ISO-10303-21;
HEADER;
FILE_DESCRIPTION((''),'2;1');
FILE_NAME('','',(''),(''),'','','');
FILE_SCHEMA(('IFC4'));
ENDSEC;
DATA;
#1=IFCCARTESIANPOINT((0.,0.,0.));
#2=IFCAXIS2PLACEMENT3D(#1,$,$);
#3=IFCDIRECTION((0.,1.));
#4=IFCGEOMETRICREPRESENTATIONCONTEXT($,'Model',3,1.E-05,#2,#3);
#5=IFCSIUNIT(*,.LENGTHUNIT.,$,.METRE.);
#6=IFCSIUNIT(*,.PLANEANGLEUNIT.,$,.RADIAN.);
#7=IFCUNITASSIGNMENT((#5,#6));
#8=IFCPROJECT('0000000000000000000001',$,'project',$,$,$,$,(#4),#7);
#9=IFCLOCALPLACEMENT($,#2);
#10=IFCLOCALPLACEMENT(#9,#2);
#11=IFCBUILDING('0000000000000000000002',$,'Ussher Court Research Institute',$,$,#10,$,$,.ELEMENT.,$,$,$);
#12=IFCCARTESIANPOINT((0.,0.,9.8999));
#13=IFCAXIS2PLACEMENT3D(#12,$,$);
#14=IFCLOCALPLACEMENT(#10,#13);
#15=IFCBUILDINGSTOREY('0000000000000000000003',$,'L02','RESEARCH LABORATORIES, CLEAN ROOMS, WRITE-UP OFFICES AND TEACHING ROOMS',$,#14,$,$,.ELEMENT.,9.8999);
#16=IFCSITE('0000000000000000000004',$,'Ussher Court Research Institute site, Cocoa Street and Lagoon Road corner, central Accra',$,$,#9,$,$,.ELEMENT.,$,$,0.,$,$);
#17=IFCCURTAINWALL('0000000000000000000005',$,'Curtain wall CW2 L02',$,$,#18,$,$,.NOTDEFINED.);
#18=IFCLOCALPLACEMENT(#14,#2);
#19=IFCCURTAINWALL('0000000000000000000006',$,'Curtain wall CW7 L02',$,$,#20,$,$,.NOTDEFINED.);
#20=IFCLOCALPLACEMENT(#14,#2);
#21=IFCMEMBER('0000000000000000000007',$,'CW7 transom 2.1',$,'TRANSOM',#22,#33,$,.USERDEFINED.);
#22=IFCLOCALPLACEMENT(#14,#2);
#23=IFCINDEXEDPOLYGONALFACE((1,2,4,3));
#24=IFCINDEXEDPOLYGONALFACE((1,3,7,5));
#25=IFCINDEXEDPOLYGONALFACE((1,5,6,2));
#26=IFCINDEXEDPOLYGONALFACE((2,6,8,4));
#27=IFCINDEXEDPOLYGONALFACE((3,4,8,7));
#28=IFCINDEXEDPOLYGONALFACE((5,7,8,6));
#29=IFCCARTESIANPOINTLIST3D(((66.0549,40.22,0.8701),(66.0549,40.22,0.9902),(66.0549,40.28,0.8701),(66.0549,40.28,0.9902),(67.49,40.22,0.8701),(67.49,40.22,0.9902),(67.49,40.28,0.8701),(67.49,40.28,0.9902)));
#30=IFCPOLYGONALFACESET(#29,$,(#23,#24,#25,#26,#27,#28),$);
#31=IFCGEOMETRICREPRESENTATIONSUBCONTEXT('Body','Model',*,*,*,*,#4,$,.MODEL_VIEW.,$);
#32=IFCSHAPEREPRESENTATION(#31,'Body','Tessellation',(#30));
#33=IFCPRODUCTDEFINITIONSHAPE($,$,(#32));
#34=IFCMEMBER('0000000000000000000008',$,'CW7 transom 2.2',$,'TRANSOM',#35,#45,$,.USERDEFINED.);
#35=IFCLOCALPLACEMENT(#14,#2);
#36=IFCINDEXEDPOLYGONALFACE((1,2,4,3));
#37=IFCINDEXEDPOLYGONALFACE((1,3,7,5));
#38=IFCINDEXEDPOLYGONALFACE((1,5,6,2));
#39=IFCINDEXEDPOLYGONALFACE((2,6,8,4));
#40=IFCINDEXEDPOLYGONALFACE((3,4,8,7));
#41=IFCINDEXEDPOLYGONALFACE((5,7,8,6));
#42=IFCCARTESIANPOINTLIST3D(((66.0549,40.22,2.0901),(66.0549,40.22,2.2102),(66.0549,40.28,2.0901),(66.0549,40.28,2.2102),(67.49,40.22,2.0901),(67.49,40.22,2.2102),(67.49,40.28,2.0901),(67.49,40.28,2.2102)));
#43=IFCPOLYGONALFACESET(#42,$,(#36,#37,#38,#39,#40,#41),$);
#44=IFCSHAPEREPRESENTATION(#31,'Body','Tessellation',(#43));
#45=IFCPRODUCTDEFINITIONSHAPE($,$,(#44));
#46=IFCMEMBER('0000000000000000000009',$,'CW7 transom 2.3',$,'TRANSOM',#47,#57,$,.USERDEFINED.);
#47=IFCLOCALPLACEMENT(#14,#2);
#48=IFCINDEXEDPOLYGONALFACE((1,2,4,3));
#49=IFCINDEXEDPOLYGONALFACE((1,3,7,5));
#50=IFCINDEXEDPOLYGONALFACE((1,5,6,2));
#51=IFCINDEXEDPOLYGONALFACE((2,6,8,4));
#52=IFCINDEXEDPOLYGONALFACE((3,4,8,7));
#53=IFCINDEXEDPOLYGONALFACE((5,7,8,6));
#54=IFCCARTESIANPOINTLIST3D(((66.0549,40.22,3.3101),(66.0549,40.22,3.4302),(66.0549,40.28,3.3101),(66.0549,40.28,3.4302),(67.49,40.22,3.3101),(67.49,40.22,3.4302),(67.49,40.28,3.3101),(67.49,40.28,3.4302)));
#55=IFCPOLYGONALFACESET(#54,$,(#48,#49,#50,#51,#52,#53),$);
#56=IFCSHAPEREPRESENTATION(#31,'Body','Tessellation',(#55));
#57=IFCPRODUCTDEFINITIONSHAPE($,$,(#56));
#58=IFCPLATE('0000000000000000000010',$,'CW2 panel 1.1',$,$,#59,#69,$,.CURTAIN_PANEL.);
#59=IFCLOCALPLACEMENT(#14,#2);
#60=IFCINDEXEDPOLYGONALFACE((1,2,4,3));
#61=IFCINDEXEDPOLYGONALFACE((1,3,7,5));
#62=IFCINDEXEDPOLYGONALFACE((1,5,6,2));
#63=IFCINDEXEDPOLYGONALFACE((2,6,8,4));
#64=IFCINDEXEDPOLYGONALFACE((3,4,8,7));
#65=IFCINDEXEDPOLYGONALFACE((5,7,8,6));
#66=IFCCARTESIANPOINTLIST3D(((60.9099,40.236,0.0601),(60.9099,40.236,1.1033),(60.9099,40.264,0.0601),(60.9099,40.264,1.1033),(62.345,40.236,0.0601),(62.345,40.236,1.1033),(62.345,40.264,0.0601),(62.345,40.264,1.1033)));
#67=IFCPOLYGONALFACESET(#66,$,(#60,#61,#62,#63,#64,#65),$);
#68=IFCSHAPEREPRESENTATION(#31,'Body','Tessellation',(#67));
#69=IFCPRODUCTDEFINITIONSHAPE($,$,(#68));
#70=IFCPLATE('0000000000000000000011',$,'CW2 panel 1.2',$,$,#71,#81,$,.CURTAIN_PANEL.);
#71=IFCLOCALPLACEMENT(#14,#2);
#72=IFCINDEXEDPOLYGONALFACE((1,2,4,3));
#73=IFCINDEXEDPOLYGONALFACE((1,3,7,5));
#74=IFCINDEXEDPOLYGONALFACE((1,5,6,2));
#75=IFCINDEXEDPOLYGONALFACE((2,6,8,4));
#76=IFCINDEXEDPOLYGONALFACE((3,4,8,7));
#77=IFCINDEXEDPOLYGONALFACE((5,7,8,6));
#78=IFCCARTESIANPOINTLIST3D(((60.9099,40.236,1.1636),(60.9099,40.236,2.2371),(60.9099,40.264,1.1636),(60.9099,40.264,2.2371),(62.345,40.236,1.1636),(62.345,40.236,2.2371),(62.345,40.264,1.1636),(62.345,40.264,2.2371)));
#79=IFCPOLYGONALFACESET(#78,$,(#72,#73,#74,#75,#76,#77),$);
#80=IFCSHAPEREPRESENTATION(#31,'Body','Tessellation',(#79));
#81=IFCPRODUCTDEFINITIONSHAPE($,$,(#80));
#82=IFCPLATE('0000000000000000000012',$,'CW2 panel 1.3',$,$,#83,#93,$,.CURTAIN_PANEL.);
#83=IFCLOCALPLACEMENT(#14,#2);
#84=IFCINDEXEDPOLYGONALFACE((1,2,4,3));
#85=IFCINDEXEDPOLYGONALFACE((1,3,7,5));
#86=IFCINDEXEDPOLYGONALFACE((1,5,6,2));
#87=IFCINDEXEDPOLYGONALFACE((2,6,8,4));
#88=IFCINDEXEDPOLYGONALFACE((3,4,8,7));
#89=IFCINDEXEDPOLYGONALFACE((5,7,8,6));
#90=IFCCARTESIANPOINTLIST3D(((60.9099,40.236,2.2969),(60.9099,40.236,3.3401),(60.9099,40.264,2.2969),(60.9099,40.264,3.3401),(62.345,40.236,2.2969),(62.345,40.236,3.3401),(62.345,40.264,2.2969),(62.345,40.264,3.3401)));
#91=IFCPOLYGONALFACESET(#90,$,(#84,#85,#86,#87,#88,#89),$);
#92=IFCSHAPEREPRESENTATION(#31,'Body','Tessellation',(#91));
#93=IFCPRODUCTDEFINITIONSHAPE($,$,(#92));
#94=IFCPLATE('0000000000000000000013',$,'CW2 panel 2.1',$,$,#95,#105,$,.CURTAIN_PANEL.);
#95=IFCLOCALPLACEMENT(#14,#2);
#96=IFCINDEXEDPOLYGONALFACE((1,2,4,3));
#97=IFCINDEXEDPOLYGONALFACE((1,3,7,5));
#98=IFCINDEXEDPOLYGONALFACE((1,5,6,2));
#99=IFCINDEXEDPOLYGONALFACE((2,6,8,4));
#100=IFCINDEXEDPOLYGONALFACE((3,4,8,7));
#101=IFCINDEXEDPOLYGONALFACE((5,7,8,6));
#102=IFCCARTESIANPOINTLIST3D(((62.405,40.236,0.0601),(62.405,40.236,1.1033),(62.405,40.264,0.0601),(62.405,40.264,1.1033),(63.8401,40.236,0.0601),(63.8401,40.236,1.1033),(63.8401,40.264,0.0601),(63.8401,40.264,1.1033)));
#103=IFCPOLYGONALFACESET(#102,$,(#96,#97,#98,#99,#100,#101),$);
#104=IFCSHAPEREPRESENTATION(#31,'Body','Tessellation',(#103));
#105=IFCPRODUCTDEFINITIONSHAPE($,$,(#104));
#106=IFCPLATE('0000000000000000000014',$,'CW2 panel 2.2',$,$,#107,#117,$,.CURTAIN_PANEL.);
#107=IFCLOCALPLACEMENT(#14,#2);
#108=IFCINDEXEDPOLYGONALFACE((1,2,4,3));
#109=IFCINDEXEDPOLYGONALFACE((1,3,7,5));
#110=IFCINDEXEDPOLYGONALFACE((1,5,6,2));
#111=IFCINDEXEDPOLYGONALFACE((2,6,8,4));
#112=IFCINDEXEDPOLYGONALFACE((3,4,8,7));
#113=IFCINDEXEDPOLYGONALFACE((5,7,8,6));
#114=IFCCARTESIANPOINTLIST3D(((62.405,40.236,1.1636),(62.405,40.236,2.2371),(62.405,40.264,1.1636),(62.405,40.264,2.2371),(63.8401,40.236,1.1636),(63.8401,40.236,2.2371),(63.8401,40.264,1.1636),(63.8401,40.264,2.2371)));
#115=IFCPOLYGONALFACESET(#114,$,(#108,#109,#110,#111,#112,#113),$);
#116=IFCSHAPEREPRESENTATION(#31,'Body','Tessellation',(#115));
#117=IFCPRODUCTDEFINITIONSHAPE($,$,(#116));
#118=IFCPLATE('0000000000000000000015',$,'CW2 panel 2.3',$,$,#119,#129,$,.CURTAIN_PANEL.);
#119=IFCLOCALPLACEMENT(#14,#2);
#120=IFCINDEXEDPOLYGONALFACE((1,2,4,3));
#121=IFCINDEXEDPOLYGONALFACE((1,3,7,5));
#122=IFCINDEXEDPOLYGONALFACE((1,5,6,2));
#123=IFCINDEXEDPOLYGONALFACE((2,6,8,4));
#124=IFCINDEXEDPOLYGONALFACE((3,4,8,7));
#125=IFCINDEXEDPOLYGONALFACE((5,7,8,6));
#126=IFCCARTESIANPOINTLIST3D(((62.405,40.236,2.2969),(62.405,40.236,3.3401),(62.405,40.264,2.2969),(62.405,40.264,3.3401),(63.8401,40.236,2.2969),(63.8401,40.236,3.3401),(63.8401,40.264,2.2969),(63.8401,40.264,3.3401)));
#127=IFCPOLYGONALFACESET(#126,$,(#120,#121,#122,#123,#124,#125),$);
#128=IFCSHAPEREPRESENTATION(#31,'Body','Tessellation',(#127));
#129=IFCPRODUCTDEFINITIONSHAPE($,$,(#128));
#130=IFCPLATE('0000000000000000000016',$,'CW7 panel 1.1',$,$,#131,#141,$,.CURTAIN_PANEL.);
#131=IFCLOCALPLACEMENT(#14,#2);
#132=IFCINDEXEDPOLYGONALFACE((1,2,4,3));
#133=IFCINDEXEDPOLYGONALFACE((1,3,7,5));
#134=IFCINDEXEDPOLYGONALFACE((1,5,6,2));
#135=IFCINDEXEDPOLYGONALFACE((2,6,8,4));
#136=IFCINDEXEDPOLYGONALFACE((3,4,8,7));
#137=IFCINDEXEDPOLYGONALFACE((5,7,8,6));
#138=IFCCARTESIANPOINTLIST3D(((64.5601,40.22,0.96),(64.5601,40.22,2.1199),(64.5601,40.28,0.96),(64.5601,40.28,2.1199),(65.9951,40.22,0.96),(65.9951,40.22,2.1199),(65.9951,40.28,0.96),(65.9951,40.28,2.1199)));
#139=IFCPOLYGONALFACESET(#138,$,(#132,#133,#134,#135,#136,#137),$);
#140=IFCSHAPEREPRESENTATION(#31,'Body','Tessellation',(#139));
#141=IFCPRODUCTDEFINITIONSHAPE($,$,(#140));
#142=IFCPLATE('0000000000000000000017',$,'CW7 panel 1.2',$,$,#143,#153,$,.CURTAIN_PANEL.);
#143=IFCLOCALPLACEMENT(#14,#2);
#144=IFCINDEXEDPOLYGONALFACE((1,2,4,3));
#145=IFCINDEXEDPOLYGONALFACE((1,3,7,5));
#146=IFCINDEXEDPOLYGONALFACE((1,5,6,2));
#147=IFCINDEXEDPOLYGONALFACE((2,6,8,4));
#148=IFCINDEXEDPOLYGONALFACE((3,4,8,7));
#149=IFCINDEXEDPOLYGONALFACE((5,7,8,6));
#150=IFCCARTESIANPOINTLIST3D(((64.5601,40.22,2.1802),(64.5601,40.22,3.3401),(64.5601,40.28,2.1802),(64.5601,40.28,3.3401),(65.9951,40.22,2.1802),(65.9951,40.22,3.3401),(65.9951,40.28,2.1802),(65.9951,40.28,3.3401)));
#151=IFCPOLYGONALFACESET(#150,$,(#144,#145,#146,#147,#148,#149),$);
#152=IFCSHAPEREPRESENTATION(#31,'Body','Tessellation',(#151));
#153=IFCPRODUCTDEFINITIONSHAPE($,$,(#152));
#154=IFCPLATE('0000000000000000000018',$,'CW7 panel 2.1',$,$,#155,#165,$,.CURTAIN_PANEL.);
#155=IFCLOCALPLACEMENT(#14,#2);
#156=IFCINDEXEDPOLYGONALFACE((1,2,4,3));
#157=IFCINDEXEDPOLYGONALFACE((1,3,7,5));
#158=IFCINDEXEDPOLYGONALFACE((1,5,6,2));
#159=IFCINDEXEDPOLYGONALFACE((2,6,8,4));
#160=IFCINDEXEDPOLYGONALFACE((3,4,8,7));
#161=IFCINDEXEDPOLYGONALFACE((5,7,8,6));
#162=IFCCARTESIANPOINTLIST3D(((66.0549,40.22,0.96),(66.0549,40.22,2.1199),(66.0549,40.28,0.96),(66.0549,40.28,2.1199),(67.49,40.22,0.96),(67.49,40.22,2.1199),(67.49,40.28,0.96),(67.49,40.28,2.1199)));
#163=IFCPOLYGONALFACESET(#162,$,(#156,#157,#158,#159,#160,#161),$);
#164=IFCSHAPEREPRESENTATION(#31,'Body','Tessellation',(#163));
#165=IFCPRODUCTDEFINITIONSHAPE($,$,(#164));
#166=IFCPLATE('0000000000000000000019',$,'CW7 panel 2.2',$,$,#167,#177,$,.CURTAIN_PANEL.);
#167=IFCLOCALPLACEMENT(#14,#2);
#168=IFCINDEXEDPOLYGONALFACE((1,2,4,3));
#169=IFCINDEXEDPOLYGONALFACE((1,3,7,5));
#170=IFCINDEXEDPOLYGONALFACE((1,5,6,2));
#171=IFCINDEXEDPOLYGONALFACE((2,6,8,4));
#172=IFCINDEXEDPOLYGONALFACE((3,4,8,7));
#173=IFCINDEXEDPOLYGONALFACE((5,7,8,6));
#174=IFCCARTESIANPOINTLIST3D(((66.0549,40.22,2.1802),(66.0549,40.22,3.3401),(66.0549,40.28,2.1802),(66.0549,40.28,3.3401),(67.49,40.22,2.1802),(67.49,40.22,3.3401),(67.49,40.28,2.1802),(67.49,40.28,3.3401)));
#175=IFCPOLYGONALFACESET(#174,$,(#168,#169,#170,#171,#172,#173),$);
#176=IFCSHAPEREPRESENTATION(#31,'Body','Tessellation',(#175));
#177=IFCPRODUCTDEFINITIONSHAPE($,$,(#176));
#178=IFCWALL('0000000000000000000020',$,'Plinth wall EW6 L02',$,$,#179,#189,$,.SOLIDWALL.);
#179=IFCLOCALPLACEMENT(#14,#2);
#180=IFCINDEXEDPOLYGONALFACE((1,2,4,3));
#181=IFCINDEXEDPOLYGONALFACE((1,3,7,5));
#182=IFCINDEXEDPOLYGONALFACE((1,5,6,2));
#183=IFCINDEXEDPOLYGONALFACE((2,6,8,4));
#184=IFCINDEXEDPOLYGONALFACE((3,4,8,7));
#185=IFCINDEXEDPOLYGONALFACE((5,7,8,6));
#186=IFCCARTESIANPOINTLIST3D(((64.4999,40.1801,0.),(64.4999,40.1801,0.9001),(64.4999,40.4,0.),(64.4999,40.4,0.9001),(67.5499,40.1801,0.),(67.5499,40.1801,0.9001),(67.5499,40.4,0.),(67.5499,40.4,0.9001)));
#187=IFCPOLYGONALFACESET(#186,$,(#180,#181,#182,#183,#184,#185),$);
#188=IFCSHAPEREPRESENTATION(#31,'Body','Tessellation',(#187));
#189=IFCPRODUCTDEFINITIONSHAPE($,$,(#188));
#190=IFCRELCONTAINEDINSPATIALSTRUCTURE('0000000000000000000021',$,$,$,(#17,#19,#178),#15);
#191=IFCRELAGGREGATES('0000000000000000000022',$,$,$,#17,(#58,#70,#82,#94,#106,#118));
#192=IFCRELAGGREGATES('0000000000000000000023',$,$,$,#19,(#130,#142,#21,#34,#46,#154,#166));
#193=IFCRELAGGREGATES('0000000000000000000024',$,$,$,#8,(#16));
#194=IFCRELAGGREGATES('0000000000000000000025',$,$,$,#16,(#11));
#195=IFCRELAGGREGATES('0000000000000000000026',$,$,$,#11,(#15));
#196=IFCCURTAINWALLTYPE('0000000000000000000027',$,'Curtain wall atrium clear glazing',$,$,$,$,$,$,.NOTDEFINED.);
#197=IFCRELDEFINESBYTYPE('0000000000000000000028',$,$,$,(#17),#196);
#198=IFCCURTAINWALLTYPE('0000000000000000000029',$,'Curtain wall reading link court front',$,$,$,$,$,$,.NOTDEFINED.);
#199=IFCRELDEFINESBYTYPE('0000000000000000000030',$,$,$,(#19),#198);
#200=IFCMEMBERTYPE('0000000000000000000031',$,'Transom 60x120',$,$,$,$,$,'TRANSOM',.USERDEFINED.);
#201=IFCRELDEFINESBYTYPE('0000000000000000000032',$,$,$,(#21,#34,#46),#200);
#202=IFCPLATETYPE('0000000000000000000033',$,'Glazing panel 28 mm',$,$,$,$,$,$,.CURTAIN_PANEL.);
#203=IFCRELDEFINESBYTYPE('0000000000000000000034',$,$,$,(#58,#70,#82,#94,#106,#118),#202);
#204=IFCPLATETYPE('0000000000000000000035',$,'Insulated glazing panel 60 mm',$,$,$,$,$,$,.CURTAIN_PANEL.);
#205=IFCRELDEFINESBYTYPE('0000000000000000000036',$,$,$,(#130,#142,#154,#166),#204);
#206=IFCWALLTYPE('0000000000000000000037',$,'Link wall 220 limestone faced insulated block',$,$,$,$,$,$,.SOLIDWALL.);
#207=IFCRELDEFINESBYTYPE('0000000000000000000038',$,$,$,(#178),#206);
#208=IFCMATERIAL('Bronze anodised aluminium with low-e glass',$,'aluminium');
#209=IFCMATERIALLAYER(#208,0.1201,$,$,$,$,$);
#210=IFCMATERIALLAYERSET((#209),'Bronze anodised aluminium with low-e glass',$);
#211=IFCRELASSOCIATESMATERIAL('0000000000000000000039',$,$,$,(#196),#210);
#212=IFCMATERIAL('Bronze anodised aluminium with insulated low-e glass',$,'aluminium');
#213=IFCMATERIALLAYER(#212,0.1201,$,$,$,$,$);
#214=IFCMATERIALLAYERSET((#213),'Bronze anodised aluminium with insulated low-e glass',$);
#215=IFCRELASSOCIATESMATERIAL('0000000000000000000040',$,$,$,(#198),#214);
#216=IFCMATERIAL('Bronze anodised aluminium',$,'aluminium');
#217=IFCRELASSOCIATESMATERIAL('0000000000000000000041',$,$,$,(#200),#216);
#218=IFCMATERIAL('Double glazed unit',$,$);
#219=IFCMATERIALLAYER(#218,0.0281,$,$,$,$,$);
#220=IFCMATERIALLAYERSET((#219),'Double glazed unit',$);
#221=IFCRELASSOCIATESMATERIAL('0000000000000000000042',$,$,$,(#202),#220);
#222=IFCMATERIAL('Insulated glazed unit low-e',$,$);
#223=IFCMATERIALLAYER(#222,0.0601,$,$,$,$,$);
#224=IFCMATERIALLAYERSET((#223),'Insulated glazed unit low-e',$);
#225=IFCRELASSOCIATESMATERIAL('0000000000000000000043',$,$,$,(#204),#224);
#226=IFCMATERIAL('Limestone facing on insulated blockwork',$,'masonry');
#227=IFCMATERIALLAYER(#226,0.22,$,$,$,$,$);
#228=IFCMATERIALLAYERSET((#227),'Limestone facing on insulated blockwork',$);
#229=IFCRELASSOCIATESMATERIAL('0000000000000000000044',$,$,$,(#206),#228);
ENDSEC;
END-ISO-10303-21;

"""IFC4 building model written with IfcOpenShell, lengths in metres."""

from ifc_helpers import new_model, si_unit, direction, frame, frame_2d, origin, origin_2d, place, context, subcontext, project, spatial, rectangle, extrude, material, layer, layer_set, material_profile, profile_set, type_object, element, aggregate, save


model = new_model("IFC4")

# Units and contexts
model_context = context("Model", 3, precision=1e-05, world=origin(), true_north=direction((0.0, 1.0)))
body_context = subcontext(model_context, "Body", "Model", "MODEL_VIEW")
ifc_project = project(units=[si_unit("LENGTHUNIT", "METRE"), si_unit("PLANEANGLEUNIT", "RADIAN")], contexts=[model_context])

# Site, building, storey
site_placement = place(None, origin())
site = spatial("IfcSite", under=ifc_project, at=site_placement, Name="Ussher Court Research Institute site, Cocoa Street and Lagoon Road corner, central Accra", CompositionType="ELEMENT", RefElevation=0.0)
building_placement = place(site_placement, origin())
building = spatial("IfcBuilding", under=site, at=building_placement, Name="Ussher Court Research Institute", CompositionType="ELEMENT")
storey_placement = place(building_placement, frame((0.0, 0.0, 9.8999)))
storey = spatial("IfcBuildingStorey", under=building, at=storey_placement, Name="L02", Description="RESEARCH LABORATORIES, CLEAN ROOMS, WRITE-UP OFFICES AND TEACHING ROOMS", CompositionType="ELEMENT", Elevation=9.8999)

# Curtain walls
ifc_material_1 = material(Name="Bronze anodised aluminium with low-e glass", Category="aluminium")
ifc_layer_1 = layer(ifc_material_1, 0.1201)
ifc_layer_set_1 = layer_set([ifc_layer_1], Name="Bronze anodised aluminium with low-e glass")
curtain_wall_type_1 = type_object("IfcCurtainWallType", Name="Curtain wall atrium clear glazing", PredefinedType="NOTDEFINED", material=ifc_layer_set_1)
curtain_wall_1_placement = place(storey_placement, origin())
curtain_wall_1 = element("IfcCurtainWall", 1, at=curtain_wall_1_placement, inside=storey, type_object=curtain_wall_type_1, Name="Curtain wall CW2 L02", PredefinedType="NOTDEFINED")
ifc_material_2 = material(Name="Bronze anodised aluminium with insulated low-e glass", Category="aluminium")
ifc_layer_2 = layer(ifc_material_2, 0.1201)
ifc_layer_set_2 = layer_set([ifc_layer_2], Name="Bronze anodised aluminium with insulated low-e glass")
curtain_wall_type_2 = type_object("IfcCurtainWallType", Name="Curtain wall reading link court front", PredefinedType="NOTDEFINED", material=ifc_layer_set_2)
curtain_wall_2_placement = place(storey_placement, origin())
curtain_wall_2 = element("IfcCurtainWall", 2, at=curtain_wall_2_placement, inside=storey, type_object=curtain_wall_type_2, Name="Curtain wall CW7 L02", PredefinedType="NOTDEFINED")

# Members
ifc_material_3 = material(Name="Bronze anodised aluminium", Category="aluminium")
ifc_material_profile_1 = material_profile(ifc_material_3, rectangle(XDim=0.0601, YDim=0.1201, at=origin_2d()), Name="Transom 60x120")
ifc_profile_set_1 = profile_set([ifc_material_profile_1], Name="Bronze anodised aluminium")
member_type_1 = type_object("IfcMemberType", Name="Transom 60x120", ElementType="TRANSOM", PredefinedType="USERDEFINED", material=ifc_profile_set_1)
member_1_placement = place(storey_placement, frame((66.0549, 40.25, 0.9302), z_axis=(1.0, 0.0, 0.0), x_axis=(0.0, 1.0, 0.0)))
member_1 = element("IfcMember", 3, at=member_1_placement, type_object=member_type_1, Name="CW7 transom 2.1", ObjectType="TRANSOM", PredefinedType="USERDEFINED", context=body_context, shape_type="SweptSolid", body=[
    extrude(rectangle(XDim=0.0601, YDim=0.1201, at=origin_2d()), origin(), (0.0, 0.0, 1.0), 1.4351),
])
member_2_placement = place(storey_placement, frame((66.0549, 40.25, 2.1501), z_axis=(1.0, 0.0, 0.0), x_axis=(0.0, 1.0, 0.0)))
member_2 = element("IfcMember", 4, at=member_2_placement, type_object=member_type_1, Name="CW7 transom 2.2", ObjectType="TRANSOM", PredefinedType="USERDEFINED", context=body_context, shape_type="SweptSolid", body=[
    extrude(rectangle(XDim=0.0601, YDim=0.1201, at=origin_2d()), origin(), (0.0, 0.0, 1.0), 1.4351),
])
member_3_placement = place(storey_placement, frame((66.0549, 40.25, 3.3701), z_axis=(1.0, 0.0, 0.0), x_axis=(0.0, 1.0, 0.0)))
member_3 = element("IfcMember", 5, at=member_3_placement, type_object=member_type_1, Name="CW7 transom 2.3", ObjectType="TRANSOM", PredefinedType="USERDEFINED", context=body_context, shape_type="SweptSolid", body=[
    extrude(rectangle(XDim=0.0601, YDim=0.1201, at=origin_2d()), origin(), (0.0, 0.0, 1.0), 1.4351),
])

# Plates
ifc_material_4 = material(Name="Double glazed unit")
ifc_layer_3 = layer(ifc_material_4, 0.0281)
ifc_layer_set_3 = layer_set([ifc_layer_3], Name="Double glazed unit")
plate_type_1 = type_object("IfcPlateType", Name="Glazing panel 28 mm", PredefinedType="CURTAIN_PANEL", material=ifc_layer_set_3)
plate_1_placement = place(storey_placement, frame((61.6274, 40.25, 0.0601), z_axis=(0.0, 0.0, 1.0), x_axis=(1.0, 0.0, 0.0)))
plate_1 = element("IfcPlate", 6, at=plate_1_placement, type_object=plate_type_1, Name="CW2 panel 1.1", PredefinedType="CURTAIN_PANEL", context=body_context, shape_type="SweptSolid", body=[
    extrude(rectangle(XDim=1.4351, YDim=0.0281, at=origin_2d()), origin(), (0.0, 0.0, 1.0), 1.0432),
])
plate_2_placement = place(storey_placement, frame((61.6274, 40.25, 1.1636), z_axis=(0.0, 0.0, 1.0), x_axis=(1.0, 0.0, 0.0)))
plate_2 = element("IfcPlate", 7, at=plate_2_placement, type_object=plate_type_1, Name="CW2 panel 1.2", PredefinedType="CURTAIN_PANEL", context=body_context, shape_type="SweptSolid", body=[
    extrude(rectangle(XDim=1.4351, YDim=0.0281, at=origin_2d()), origin(), (0.0, 0.0, 1.0), 1.0735),
])
plate_3_placement = place(storey_placement, frame((61.6274, 40.25, 2.2969), z_axis=(0.0, 0.0, 1.0), x_axis=(1.0, 0.0, 0.0)))
plate_3 = element("IfcPlate", 8, at=plate_3_placement, type_object=plate_type_1, Name="CW2 panel 1.3", PredefinedType="CURTAIN_PANEL", context=body_context, shape_type="SweptSolid", body=[
    extrude(rectangle(XDim=1.4351, YDim=0.0281, at=origin_2d()), origin(), (0.0, 0.0, 1.0), 1.0432),
])
plate_4_placement = place(storey_placement, frame((63.1226, 40.25, 0.0601), z_axis=(0.0, 0.0, 1.0), x_axis=(1.0, 0.0, 0.0)))
plate_4 = element("IfcPlate", 9, at=plate_4_placement, type_object=plate_type_1, Name="CW2 panel 2.1", PredefinedType="CURTAIN_PANEL", context=body_context, shape_type="SweptSolid", body=[
    extrude(rectangle(XDim=1.4351, YDim=0.0281, at=origin_2d()), origin(), (0.0, 0.0, 1.0), 1.0432),
])
plate_5_placement = place(storey_placement, frame((63.1226, 40.25, 1.1636), z_axis=(0.0, 0.0, 1.0), x_axis=(1.0, 0.0, 0.0)))
plate_5 = element("IfcPlate", 10, at=plate_5_placement, type_object=plate_type_1, Name="CW2 panel 2.2", PredefinedType="CURTAIN_PANEL", context=body_context, shape_type="SweptSolid", body=[
    extrude(rectangle(XDim=1.4351, YDim=0.0281, at=origin_2d()), origin(), (0.0, 0.0, 1.0), 1.0735),
])
plate_6_placement = place(storey_placement, frame((63.1226, 40.25, 2.2969), z_axis=(0.0, 0.0, 1.0), x_axis=(1.0, 0.0, 0.0)))
plate_6 = element("IfcPlate", 11, at=plate_6_placement, type_object=plate_type_1, Name="CW2 panel 2.3", PredefinedType="CURTAIN_PANEL", context=body_context, shape_type="SweptSolid", body=[
    extrude(rectangle(XDim=1.4351, YDim=0.0281, at=origin_2d()), origin(), (0.0, 0.0, 1.0), 1.0432),
])
aggregate(curtain_wall_1, [plate_1, plate_2, plate_3, plate_4, plate_5, plate_6])
ifc_material_5 = material(Name="Insulated glazed unit low-e")
ifc_layer_4 = layer(ifc_material_5, 0.0601)
ifc_layer_set_4 = layer_set([ifc_layer_4], Name="Insulated glazed unit low-e")
plate_type_2 = type_object("IfcPlateType", Name="Insulated glazing panel 60 mm", PredefinedType="CURTAIN_PANEL", material=ifc_layer_set_4)
plate_7_placement = place(storey_placement, frame((65.2776, 40.25, 0.96), z_axis=(0.0, 0.0, 1.0), x_axis=(1.0, 0.0, 0.0)))
plate_7 = element("IfcPlate", 12, at=plate_7_placement, type_object=plate_type_2, Name="CW7 panel 1.1", PredefinedType="CURTAIN_PANEL", context=body_context, shape_type="SweptSolid", body=[
    extrude(rectangle(XDim=1.4351, YDim=0.0601, at=origin_2d()), origin(), (0.0, 0.0, 1.0), 1.1599),
])
plate_8_placement = place(storey_placement, frame((65.2776, 40.25, 2.1802), z_axis=(0.0, 0.0, 1.0), x_axis=(1.0, 0.0, 0.0)))
plate_8 = element("IfcPlate", 13, at=plate_8_placement, type_object=plate_type_2, Name="CW7 panel 1.2", PredefinedType="CURTAIN_PANEL", context=body_context, shape_type="SweptSolid", body=[
    extrude(rectangle(XDim=1.4351, YDim=0.0601, at=origin_2d()), origin(), (0.0, 0.0, 1.0), 1.1599),
])
plate_9_placement = place(storey_placement, frame((66.7725, 40.25, 0.96), z_axis=(0.0, 0.0, 1.0), x_axis=(1.0, 0.0, 0.0)))
plate_9 = element("IfcPlate", 14, at=plate_9_placement, type_object=plate_type_2, Name="CW7 panel 2.1", PredefinedType="CURTAIN_PANEL", context=body_context, shape_type="SweptSolid", body=[
    extrude(rectangle(XDim=1.4351, YDim=0.0601, at=origin_2d()), origin(), (0.0, 0.0, 1.0), 1.1599),
])
plate_10_placement = place(storey_placement, frame((66.7725, 40.25, 2.1802), z_axis=(0.0, 0.0, 1.0), x_axis=(1.0, 0.0, 0.0)))
plate_10 = element("IfcPlate", 15, at=plate_10_placement, type_object=plate_type_2, Name="CW7 panel 2.2", PredefinedType="CURTAIN_PANEL", context=body_context, shape_type="SweptSolid", body=[
    extrude(rectangle(XDim=1.4351, YDim=0.0601, at=origin_2d()), origin(), (0.0, 0.0, 1.0), 1.1599),
])
aggregate(curtain_wall_2, [plate_7, plate_8, member_1, member_2, member_3, plate_9, plate_10])

# Wall
ifc_material_6 = material(Name="Limestone facing on insulated blockwork", Category="masonry")
ifc_layer_5 = layer(ifc_material_6, 0.22)
ifc_layer_set_5 = layer_set([ifc_layer_5], Name="Limestone facing on insulated blockwork")
wall_type = type_object("IfcWallType", Name="Link wall 220 limestone faced insulated block", PredefinedType="SOLIDWALL", material=ifc_layer_set_5)
wall_placement = place(storey_placement, frame((64.5, 40.29, 0.0), z_axis=(0.0, 0.0, 1.0), x_axis=(1.0, 0.0, 0.0)))
element("IfcWall", 16, at=wall_placement, inside=storey, type_object=wall_type, Name="Plinth wall EW6 L02", PredefinedType="SOLIDWALL", context=body_context, shape_type="SweptSolid", body=[
    extrude(rectangle(XDim=3.05, YDim=0.22, at=frame_2d((1.5249, 0.0))), origin(), (0.0, 0.0, 1.0), 0.9001),
])

save(model, "model.ifc")
